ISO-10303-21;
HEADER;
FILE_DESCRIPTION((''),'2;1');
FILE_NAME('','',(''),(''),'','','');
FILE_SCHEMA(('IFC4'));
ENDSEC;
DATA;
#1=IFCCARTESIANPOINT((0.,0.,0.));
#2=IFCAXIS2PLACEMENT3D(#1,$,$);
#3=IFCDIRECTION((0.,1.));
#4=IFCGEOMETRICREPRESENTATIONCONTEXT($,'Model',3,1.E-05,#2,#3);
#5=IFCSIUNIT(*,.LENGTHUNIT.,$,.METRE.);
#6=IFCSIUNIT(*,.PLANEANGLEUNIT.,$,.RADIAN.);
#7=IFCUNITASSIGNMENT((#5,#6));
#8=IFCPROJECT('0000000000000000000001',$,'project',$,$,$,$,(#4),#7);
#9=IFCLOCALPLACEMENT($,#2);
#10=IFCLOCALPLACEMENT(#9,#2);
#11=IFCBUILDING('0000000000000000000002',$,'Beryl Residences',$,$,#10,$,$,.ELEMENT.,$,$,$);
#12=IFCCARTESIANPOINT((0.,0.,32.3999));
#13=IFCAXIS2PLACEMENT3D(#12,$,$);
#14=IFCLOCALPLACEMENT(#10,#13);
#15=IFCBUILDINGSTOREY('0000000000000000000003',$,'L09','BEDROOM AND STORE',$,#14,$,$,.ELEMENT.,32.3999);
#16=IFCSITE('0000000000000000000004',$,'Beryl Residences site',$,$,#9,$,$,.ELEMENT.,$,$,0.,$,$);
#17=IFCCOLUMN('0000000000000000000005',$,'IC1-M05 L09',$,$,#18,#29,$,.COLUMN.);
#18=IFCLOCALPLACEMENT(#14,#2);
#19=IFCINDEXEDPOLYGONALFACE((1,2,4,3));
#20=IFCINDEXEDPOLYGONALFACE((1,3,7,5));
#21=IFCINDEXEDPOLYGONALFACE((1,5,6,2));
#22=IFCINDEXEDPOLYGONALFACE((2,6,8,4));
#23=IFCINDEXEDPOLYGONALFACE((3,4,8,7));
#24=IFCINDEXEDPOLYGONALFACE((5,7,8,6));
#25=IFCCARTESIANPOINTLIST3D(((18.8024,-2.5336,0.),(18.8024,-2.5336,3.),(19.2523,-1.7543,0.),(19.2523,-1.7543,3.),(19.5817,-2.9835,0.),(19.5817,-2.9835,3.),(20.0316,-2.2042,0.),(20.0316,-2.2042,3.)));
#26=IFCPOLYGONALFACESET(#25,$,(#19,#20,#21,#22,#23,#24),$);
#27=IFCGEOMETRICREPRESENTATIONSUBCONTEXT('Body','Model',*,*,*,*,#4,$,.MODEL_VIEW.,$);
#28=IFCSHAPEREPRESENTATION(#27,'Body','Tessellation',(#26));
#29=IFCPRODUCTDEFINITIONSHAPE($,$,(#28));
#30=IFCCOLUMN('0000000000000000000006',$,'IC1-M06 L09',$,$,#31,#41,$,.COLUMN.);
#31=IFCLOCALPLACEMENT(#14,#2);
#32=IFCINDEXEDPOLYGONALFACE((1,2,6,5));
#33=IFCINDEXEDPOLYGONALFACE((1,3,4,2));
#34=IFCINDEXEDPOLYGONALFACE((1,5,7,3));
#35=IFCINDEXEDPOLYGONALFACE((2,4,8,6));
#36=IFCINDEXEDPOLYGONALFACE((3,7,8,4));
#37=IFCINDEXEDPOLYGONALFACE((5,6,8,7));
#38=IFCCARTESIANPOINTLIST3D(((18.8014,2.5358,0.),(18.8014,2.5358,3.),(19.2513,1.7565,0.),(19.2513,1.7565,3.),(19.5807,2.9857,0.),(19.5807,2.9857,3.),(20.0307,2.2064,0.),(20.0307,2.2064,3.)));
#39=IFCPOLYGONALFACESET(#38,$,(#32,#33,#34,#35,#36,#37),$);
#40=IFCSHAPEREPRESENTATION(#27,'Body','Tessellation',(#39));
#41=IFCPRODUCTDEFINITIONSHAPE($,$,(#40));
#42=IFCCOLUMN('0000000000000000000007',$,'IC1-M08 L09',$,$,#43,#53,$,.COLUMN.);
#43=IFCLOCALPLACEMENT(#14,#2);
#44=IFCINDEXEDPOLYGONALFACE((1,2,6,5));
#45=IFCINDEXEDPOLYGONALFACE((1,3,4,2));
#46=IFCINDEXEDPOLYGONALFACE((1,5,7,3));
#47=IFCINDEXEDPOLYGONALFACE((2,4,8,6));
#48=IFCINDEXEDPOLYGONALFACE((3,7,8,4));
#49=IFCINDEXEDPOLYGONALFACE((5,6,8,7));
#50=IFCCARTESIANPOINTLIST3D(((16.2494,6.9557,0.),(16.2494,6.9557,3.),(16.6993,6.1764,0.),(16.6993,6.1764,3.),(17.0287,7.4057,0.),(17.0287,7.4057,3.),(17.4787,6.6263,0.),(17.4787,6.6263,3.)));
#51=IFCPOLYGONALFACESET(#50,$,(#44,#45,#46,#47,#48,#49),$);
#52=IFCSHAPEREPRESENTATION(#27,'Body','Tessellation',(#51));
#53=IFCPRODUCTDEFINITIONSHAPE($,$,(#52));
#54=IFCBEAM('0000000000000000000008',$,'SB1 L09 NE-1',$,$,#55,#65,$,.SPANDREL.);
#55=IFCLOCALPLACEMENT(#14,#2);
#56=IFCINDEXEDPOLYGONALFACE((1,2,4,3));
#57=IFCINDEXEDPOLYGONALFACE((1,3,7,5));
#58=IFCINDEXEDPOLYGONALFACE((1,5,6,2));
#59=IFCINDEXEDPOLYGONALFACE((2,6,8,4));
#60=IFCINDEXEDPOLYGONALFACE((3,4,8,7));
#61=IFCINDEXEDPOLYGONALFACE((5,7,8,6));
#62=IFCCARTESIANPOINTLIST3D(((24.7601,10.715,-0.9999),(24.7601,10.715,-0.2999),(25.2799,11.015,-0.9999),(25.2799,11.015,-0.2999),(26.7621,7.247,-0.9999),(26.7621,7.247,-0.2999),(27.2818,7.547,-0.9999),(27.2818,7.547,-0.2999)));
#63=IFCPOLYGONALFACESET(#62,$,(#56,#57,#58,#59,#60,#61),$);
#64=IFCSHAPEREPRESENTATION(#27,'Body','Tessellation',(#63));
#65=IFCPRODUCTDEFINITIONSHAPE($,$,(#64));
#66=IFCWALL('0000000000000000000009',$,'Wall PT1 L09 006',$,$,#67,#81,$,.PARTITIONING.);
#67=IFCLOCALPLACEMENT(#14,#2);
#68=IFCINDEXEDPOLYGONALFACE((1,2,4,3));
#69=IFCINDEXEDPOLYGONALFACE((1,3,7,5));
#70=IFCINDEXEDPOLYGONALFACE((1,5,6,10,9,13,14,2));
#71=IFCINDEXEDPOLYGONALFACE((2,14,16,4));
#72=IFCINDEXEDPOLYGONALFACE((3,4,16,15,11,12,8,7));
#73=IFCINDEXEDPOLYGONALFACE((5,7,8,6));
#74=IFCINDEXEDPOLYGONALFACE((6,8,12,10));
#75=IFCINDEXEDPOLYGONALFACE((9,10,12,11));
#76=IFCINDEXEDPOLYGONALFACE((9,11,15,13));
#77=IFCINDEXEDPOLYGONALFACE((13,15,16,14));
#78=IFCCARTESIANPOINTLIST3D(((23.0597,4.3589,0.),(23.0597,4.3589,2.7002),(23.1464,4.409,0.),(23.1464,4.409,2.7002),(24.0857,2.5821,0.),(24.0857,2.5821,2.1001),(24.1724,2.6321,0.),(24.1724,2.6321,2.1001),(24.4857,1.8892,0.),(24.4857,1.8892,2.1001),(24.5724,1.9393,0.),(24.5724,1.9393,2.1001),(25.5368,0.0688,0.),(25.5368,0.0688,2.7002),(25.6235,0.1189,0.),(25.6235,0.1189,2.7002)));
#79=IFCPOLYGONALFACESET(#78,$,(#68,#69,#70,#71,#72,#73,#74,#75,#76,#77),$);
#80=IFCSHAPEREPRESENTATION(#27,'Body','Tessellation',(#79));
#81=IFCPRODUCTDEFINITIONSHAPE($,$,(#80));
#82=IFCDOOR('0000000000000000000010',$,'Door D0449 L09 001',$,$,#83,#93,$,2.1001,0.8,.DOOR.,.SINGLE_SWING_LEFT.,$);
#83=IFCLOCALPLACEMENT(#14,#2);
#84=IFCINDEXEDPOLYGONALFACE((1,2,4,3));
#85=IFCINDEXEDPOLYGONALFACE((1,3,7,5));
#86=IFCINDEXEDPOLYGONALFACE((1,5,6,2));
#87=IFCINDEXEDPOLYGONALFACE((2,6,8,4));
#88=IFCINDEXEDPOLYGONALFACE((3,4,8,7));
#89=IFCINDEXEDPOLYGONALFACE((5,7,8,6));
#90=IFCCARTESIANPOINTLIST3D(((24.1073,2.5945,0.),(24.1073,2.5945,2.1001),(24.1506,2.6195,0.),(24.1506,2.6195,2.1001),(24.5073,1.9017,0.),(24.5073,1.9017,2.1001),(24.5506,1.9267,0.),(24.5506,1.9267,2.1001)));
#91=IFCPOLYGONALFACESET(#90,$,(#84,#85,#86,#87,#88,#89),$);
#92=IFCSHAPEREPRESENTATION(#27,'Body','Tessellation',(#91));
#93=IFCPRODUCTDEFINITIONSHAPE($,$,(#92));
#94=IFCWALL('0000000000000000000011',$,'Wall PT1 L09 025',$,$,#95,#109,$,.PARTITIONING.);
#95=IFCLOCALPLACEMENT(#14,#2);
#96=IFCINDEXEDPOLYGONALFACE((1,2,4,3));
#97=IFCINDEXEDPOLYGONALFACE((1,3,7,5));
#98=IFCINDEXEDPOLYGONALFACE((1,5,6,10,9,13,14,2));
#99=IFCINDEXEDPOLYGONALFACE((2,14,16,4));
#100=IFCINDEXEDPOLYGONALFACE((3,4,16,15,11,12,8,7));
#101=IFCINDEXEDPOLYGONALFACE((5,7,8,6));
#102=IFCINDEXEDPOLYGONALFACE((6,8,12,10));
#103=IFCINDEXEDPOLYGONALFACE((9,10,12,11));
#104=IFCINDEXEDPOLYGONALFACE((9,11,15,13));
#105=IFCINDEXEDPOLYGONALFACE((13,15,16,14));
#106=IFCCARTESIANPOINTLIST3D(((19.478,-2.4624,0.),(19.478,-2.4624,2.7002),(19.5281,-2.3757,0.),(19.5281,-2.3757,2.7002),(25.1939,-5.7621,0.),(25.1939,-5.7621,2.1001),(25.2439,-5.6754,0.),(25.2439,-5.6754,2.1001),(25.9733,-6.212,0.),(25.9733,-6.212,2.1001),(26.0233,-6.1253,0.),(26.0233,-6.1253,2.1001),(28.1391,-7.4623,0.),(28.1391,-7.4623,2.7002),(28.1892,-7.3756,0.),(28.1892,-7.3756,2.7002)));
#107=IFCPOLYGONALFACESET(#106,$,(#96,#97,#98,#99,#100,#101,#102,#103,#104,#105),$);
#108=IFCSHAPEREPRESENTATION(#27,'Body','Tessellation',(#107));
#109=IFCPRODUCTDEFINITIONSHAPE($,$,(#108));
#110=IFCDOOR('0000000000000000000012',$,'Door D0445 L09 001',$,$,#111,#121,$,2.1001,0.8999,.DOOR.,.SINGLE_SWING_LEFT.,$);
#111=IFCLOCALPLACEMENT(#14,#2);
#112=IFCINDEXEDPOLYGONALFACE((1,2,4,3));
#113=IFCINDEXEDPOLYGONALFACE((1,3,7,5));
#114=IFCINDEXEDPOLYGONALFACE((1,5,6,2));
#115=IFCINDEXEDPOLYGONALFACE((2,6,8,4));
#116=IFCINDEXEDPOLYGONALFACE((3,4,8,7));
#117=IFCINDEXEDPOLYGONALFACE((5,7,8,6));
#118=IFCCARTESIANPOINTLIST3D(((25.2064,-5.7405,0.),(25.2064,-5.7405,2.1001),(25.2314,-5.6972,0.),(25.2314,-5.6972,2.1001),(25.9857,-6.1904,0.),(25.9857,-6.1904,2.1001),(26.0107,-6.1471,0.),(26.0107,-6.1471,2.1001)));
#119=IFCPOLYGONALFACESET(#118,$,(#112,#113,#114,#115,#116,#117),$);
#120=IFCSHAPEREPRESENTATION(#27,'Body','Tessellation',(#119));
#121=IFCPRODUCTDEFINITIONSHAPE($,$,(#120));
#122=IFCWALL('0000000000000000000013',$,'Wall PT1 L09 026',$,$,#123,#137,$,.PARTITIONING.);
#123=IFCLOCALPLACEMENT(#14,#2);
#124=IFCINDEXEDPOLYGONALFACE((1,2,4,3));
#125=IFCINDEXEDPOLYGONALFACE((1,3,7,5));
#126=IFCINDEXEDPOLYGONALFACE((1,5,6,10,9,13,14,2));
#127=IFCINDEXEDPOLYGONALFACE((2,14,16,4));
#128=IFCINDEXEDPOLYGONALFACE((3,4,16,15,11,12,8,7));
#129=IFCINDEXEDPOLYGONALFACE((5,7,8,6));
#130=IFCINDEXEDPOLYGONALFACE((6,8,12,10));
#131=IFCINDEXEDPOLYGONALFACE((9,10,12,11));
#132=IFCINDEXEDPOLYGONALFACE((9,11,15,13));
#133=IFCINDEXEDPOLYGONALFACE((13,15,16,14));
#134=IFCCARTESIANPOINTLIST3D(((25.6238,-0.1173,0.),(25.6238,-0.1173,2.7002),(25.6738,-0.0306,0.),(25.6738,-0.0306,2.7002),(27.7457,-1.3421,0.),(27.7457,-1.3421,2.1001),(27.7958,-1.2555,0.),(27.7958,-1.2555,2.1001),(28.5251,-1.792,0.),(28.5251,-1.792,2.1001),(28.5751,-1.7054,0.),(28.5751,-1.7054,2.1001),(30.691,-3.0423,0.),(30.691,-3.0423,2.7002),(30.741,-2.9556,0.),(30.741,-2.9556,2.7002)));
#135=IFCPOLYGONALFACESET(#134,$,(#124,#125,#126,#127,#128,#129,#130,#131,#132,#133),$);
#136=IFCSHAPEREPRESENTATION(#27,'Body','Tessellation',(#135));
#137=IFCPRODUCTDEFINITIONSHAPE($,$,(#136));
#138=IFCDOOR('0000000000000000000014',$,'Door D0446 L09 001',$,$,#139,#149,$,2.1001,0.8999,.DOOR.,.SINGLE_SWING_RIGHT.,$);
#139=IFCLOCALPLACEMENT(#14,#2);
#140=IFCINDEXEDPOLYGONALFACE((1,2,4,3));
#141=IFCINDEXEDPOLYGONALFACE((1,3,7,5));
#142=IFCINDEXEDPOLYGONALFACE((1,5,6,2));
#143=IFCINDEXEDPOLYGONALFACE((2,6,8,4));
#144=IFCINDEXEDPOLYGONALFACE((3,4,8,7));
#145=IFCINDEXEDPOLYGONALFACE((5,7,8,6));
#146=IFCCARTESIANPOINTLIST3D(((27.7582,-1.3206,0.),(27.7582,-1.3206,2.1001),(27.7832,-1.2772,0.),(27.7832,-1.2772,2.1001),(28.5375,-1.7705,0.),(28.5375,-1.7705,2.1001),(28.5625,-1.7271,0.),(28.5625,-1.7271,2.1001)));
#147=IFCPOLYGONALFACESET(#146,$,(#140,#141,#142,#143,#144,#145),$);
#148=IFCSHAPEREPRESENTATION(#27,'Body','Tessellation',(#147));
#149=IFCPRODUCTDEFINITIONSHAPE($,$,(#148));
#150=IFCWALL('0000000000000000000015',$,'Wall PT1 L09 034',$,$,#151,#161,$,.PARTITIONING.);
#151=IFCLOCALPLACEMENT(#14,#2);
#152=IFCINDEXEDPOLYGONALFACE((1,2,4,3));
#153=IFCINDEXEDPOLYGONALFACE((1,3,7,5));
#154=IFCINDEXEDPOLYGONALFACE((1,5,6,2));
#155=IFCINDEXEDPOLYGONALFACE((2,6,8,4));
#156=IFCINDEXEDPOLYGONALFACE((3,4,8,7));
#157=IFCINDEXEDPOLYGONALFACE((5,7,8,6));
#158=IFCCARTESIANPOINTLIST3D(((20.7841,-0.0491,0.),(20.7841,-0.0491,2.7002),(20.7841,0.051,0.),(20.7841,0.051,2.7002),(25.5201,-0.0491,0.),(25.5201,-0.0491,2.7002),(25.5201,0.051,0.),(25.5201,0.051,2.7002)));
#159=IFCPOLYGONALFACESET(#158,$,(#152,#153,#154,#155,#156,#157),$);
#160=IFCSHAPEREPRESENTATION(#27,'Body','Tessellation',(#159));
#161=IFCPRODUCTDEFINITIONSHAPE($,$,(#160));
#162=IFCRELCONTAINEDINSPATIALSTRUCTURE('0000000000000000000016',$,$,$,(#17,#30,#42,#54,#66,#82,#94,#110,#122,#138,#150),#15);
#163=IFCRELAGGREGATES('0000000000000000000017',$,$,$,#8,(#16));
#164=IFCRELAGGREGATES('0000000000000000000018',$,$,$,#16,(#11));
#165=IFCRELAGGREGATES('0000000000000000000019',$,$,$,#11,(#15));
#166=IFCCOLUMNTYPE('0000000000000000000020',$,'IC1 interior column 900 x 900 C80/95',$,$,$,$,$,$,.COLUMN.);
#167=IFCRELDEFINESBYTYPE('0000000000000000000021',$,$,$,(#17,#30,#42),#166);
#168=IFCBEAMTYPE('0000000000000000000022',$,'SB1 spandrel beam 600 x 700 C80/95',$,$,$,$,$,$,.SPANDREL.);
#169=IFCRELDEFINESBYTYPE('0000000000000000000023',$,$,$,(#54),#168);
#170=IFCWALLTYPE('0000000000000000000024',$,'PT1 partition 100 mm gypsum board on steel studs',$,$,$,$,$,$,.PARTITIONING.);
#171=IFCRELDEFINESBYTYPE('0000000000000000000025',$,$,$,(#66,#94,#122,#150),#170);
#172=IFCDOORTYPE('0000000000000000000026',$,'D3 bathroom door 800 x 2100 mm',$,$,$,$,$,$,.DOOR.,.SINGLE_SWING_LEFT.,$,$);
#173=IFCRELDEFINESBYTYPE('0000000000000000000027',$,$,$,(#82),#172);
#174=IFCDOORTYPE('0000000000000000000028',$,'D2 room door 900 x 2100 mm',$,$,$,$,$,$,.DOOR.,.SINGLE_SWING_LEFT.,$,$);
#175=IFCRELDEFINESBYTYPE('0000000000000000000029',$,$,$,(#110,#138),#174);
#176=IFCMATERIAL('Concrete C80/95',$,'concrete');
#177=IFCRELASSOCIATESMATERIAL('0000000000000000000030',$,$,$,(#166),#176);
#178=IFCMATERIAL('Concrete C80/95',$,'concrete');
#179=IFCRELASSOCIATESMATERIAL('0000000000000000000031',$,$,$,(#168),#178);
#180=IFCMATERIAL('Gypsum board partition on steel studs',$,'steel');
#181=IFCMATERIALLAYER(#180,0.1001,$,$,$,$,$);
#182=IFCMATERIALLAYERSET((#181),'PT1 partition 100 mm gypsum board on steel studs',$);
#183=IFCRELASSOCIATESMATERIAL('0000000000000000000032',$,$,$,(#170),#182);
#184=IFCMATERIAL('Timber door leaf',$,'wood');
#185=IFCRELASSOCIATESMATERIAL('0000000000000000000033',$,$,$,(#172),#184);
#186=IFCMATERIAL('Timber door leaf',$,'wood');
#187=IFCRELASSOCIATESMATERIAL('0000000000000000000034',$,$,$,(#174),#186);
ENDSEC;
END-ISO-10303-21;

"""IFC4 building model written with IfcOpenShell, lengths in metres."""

from ifc_helpers import new_model, si_unit, direction, frame, frame_2d, origin, origin_2d, place, context, subcontext, project, spatial, rectangle, extrude, material, layer, layer_set, material_profile, profile_set, type_object, element, fill, save


model = new_model("IFC4")

# Units and contexts
model_context = context("Model", 3, precision=1e-05, world=origin(), true_north=direction((0.0, 1.0)))
body_context = subcontext(model_context, "Body", "Model", "MODEL_VIEW")
ifc_project = project(units=[si_unit("LENGTHUNIT", "METRE"), si_unit("PLANEANGLEUNIT", "RADIAN")], contexts=[model_context])

# Site, building, storey
site_placement = place(None, origin())
site = spatial("IfcSite", under=ifc_project, at=site_placement, Name="Beryl Residences site", CompositionType="ELEMENT", RefElevation=0.0)
building_placement = place(site_placement, origin())
building = spatial("IfcBuilding", under=site, at=building_placement, Name="Beryl Residences", CompositionType="ELEMENT")
storey_placement = place(building_placement, frame((0.0, 0.0, 32.3999)))
storey = spatial("IfcBuildingStorey", under=building, at=storey_placement, Name="L09", Description="BEDROOM AND STORE", CompositionType="ELEMENT", Elevation=32.3999)

# Columns
ifc_material_1 = material(Name="Concrete C80/95", Category="concrete")
ifc_material_profile_1 = material_profile(ifc_material_1, rectangle(XDim=0.8999, YDim=0.8999, at=origin_2d()))
ifc_profile_set_1 = profile_set([ifc_material_profile_1], Name="Concrete C80/95")
column_type = type_object("IfcColumnType", Name="IC1 interior column 900 x 900 C80/95", PredefinedType="COLUMN", material=ifc_profile_set_1)
for number, where, z_axis, x_axis, name in (
    (1, (19.417, -2.3689, 0.0), (0.0, 0.0, 1.0), (0.499985, 0.866034, 0.0), "IC1-M05 L09"),
    (2, (19.416, 2.3711, 0.0), (0.0, 0.0, 1.0), (-0.499985, 0.866034, 0.0), "IC1-M06 L09"),
    (3, (16.864, 6.791, 0.0), (0.0, 0.0, 1.0), (-0.499985, 0.866034, 0.0), "IC1-M08 L09"),
):
    element("IfcColumn", number, at=place(storey_placement, frame(where, z_axis=z_axis, x_axis=x_axis)), inside=storey, type_object=column_type, Name=name, PredefinedType="COLUMN", context=body_context, shape_type="SweptSolid", body=[
        extrude(rectangle(XDim=0.8999, YDim=0.8999, at=origin_2d()), origin(), (0.0, 0.0, 1.0), 3.0),
    ])

# Beam
ifc_material_2 = material(Name="Concrete C80/95", Category="concrete")
ifc_material_profile_2 = material_profile(ifc_material_2, rectangle(XDim=0.6001, YDim=0.7, at=origin_2d()))
ifc_profile_set_2 = profile_set([ifc_material_profile_2], Name="Concrete C80/95")
beam_type = type_object("IfcBeamType", Name="SB1 spandrel beam 600 x 700 C80/95", PredefinedType="SPANDREL", material=ifc_profile_set_2)
beam_placement = place(storey_placement, frame((27.022, 7.397, -0.6499), z_axis=(-0.499942, 0.866059, 0.0), x_axis=(-0.866059, -0.499942, 0.0)))
element("IfcBeam", 4, at=beam_placement, inside=storey, type_object=beam_type, Name="SB1 L09 NE-1", PredefinedType="SPANDREL", context=body_context, shape_type="SweptSolid", body=[
    extrude(rectangle(XDim=0.6001, YDim=0.7, at=origin_2d()), origin(), (0.0, 0.0, 1.0), 4.0044),
])

# Walls, openings, doors
ifc_material_3 = material(Name="Gypsum board partition on steel studs", Category="steel")
ifc_layer_1 = layer(ifc_material_3, 0.1001)
ifc_layer_set_1 = layer_set([ifc_layer_1], Name="PT1 partition 100 mm gypsum board on steel studs")
wall_type_1 = type_object("IfcWallType", Name="PT1 partition 100 mm gypsum board on steel studs", PredefinedType="PARTITIONING", material=ifc_layer_set_1)
wall_1_placement = place(storey_placement, frame((23.103, 4.384, 0.0), z_axis=(0.0, 0.0, 1.0), x_axis=(0.50003, -0.866008, 0.0)))
wall_1 = element("IfcWall", 5, at=wall_1_placement, inside=storey, type_object=wall_type_1, Name="Wall PT1 L09 006", PredefinedType="PARTITIONING", context=body_context, shape_type="SweptSolid", body=[
    extrude(rectangle(XDim=4.9539, YDim=0.1001, at=frame_2d((2.4771, 0.0))), origin(), (0.0, 0.0, 1.0), 2.7002),
])
opening_1_placement = place(wall_1_placement, frame((2.052, 0.0, 0.0)))
opening_1 = element("IfcOpeningElement", 6, at=opening_1_placement, cuts=wall_1, PredefinedType="OPENING", context=body_context, shape_type="SweptSolid", body=[
    extrude(rectangle(XDim=0.8, YDim=2.1001, at=frame_2d((0.3999, 1.05))), frame((0.0, 0.0601, 0.0), z_axis=(0.0, -1.0, 0.0), x_axis=(1.0, 0.0, 0.0)), (0.0, 0.0, 1.0), 0.1201),
])
ifc_material_4 = material(Name="Timber door leaf", Category="wood")
door_type_1 = type_object("IfcDoorType", Name="D3 bathroom door 800 x 2100 mm", OperationType="SINGLE_SWING_LEFT", PredefinedType="DOOR", material=ifc_material_4)
door_1_placement = place(opening_1_placement, origin())
door_1 = element("IfcDoor", 7, at=door_1_placement, inside=storey, type_object=door_type_1, Name="Door D0449 L09 001", OperationType="SINGLE_SWING_LEFT", OverallHeight=2.1001, OverallWidth=0.8, PredefinedType="DOOR", context=body_context, shape_type="SweptSolid", body=[
    extrude(rectangle(XDim=0.8, YDim=2.1001, at=frame_2d((0.3999, 1.05))), frame((0.0, 0.0249, 0.0), z_axis=(0.0, -1.0, 0.0), x_axis=(1.0, 0.0, 0.0)), (0.0, 0.0, 1.0), 0.05),
])
fill(opening_1, door_1)
wall_2_placement = place(storey_placement, frame((19.5029, -2.4189, 0.0), z_axis=(0.0, 0.0, 1.0), x_axis=(0.866047, -0.499962, 0.0)))
wall_2 = element("IfcWall", 8, at=wall_2_placement, inside=storey, type_object=wall_type_1, Name="Wall PT1 L09 025", PredefinedType="PARTITIONING", context=body_context, shape_type="SweptSolid", body=[
    extrude(rectangle(XDim=10.0007, YDim=0.1001, at=frame_2d((5.0005, 0.0))), origin(), (0.0, 0.0, 1.0), 2.7002),
])
opening_2_placement = place(wall_2_placement, frame((6.6001, 0.0, 0.0)))
opening_2 = element("IfcOpeningElement", 9, at=opening_2_placement, cuts=wall_2, PredefinedType="OPENING", context=body_context, shape_type="SweptSolid", body=[
    extrude(rectangle(XDim=0.8999, YDim=2.1001, at=frame_2d((0.45, 1.05))), frame((0.0, 0.0601, 0.0), z_axis=(0.0, -1.0, 0.0), x_axis=(1.0, 0.0, 0.0)), (0.0, 0.0, 1.0), 0.1201),
])
ifc_material_5 = material(Name="Timber door leaf", Category="wood")
door_type_2 = type_object("IfcDoorType", Name="D2 room door 900 x 2100 mm", OperationType="SINGLE_SWING_LEFT", PredefinedType="DOOR", material=ifc_material_5)
door_2_placement = place(opening_2_placement, origin())
door_2 = element("IfcDoor", 10, at=door_2_placement, inside=storey, type_object=door_type_2, Name="Door D0445 L09 001", OperationType="SINGLE_SWING_LEFT", OverallHeight=2.1001, OverallWidth=0.8999, PredefinedType="DOOR", context=body_context, shape_type="SweptSolid", body=[
    extrude(rectangle(XDim=0.8999, YDim=2.1001, at=frame_2d((0.45, 1.05))), frame((0.0, 0.0249, 0.0), z_axis=(0.0, -1.0, 0.0), x_axis=(1.0, 0.0, 0.0)), (0.0, 0.0, 1.0), 0.05),
])
fill(opening_2, door_2)
wall_3_placement = place(storey_placement, frame((25.6489, -0.074, 0.0), z_axis=(0.0, 0.0, 1.0), x_axis=(0.86606, -0.49994, 0.0)))
wall_3 = element("IfcWall", 11, at=wall_3_placement, inside=storey, type_object=wall_type_1, Name="Wall PT1 L09 026", PredefinedType="PARTITIONING", context=body_context, shape_type="SweptSolid", body=[
    extrude(rectangle(XDim=5.8508, YDim=0.1001, at=frame_2d((2.9253, 0.0))), origin(), (0.0, 0.0, 1.0), 2.7002),
])
opening_3_placement = place(wall_3_placement, frame((2.45, 0.0, 0.0)))
opening_3 = element("IfcOpeningElement", 12, at=opening_3_placement, cuts=wall_3, PredefinedType="OPENING", context=body_context, shape_type="SweptSolid", body=[
    extrude(rectangle(XDim=0.8999, YDim=2.1001, at=frame_2d((0.45, 1.05))), frame((0.0, 0.0601, 0.0), z_axis=(0.0, -1.0, 0.0), x_axis=(1.0, 0.0, 0.0)), (0.0, 0.0, 1.0), 0.1201),
])
door_3_placement = place(opening_3_placement, origin())
door_3 = element("IfcDoor", 13, at=door_3_placement, inside=storey, type_object=door_type_2, Name="Door D0446 L09 001", OperationType="SINGLE_SWING_RIGHT", OverallHeight=2.1001, OverallWidth=0.8999, PredefinedType="DOOR", context=body_context, shape_type="SweptSolid", body=[
    extrude(rectangle(XDim=0.8999, YDim=2.1001, at=frame_2d((0.45, 1.05))), frame((0.0, 0.0249, 0.0), z_axis=(0.0, -1.0, 0.0), x_axis=(1.0, 0.0, 0.0)), (0.0, 0.0, 1.0), 0.05),
])
fill(opening_3, door_3)

# Wall
wall_4_placement = place(storey_placement, frame((20.7839, 0.001, 0.0), z_axis=(0.0, 0.0, 1.0), x_axis=(1.0, 0.0, 0.0)))
element("IfcWall", 14, at=wall_4_placement, inside=storey, type_object=wall_type_1, Name="Wall PT1 L09 034", PredefinedType="PARTITIONING", context=body_context, shape_type="SweptSolid", body=[
    extrude(rectangle(XDim=4.7361, YDim=0.1001, at=frame_2d((2.3682, 0.0))), origin(), (0.0, 0.0, 1.0), 2.7002),
])

save(model, "model.ifc")
